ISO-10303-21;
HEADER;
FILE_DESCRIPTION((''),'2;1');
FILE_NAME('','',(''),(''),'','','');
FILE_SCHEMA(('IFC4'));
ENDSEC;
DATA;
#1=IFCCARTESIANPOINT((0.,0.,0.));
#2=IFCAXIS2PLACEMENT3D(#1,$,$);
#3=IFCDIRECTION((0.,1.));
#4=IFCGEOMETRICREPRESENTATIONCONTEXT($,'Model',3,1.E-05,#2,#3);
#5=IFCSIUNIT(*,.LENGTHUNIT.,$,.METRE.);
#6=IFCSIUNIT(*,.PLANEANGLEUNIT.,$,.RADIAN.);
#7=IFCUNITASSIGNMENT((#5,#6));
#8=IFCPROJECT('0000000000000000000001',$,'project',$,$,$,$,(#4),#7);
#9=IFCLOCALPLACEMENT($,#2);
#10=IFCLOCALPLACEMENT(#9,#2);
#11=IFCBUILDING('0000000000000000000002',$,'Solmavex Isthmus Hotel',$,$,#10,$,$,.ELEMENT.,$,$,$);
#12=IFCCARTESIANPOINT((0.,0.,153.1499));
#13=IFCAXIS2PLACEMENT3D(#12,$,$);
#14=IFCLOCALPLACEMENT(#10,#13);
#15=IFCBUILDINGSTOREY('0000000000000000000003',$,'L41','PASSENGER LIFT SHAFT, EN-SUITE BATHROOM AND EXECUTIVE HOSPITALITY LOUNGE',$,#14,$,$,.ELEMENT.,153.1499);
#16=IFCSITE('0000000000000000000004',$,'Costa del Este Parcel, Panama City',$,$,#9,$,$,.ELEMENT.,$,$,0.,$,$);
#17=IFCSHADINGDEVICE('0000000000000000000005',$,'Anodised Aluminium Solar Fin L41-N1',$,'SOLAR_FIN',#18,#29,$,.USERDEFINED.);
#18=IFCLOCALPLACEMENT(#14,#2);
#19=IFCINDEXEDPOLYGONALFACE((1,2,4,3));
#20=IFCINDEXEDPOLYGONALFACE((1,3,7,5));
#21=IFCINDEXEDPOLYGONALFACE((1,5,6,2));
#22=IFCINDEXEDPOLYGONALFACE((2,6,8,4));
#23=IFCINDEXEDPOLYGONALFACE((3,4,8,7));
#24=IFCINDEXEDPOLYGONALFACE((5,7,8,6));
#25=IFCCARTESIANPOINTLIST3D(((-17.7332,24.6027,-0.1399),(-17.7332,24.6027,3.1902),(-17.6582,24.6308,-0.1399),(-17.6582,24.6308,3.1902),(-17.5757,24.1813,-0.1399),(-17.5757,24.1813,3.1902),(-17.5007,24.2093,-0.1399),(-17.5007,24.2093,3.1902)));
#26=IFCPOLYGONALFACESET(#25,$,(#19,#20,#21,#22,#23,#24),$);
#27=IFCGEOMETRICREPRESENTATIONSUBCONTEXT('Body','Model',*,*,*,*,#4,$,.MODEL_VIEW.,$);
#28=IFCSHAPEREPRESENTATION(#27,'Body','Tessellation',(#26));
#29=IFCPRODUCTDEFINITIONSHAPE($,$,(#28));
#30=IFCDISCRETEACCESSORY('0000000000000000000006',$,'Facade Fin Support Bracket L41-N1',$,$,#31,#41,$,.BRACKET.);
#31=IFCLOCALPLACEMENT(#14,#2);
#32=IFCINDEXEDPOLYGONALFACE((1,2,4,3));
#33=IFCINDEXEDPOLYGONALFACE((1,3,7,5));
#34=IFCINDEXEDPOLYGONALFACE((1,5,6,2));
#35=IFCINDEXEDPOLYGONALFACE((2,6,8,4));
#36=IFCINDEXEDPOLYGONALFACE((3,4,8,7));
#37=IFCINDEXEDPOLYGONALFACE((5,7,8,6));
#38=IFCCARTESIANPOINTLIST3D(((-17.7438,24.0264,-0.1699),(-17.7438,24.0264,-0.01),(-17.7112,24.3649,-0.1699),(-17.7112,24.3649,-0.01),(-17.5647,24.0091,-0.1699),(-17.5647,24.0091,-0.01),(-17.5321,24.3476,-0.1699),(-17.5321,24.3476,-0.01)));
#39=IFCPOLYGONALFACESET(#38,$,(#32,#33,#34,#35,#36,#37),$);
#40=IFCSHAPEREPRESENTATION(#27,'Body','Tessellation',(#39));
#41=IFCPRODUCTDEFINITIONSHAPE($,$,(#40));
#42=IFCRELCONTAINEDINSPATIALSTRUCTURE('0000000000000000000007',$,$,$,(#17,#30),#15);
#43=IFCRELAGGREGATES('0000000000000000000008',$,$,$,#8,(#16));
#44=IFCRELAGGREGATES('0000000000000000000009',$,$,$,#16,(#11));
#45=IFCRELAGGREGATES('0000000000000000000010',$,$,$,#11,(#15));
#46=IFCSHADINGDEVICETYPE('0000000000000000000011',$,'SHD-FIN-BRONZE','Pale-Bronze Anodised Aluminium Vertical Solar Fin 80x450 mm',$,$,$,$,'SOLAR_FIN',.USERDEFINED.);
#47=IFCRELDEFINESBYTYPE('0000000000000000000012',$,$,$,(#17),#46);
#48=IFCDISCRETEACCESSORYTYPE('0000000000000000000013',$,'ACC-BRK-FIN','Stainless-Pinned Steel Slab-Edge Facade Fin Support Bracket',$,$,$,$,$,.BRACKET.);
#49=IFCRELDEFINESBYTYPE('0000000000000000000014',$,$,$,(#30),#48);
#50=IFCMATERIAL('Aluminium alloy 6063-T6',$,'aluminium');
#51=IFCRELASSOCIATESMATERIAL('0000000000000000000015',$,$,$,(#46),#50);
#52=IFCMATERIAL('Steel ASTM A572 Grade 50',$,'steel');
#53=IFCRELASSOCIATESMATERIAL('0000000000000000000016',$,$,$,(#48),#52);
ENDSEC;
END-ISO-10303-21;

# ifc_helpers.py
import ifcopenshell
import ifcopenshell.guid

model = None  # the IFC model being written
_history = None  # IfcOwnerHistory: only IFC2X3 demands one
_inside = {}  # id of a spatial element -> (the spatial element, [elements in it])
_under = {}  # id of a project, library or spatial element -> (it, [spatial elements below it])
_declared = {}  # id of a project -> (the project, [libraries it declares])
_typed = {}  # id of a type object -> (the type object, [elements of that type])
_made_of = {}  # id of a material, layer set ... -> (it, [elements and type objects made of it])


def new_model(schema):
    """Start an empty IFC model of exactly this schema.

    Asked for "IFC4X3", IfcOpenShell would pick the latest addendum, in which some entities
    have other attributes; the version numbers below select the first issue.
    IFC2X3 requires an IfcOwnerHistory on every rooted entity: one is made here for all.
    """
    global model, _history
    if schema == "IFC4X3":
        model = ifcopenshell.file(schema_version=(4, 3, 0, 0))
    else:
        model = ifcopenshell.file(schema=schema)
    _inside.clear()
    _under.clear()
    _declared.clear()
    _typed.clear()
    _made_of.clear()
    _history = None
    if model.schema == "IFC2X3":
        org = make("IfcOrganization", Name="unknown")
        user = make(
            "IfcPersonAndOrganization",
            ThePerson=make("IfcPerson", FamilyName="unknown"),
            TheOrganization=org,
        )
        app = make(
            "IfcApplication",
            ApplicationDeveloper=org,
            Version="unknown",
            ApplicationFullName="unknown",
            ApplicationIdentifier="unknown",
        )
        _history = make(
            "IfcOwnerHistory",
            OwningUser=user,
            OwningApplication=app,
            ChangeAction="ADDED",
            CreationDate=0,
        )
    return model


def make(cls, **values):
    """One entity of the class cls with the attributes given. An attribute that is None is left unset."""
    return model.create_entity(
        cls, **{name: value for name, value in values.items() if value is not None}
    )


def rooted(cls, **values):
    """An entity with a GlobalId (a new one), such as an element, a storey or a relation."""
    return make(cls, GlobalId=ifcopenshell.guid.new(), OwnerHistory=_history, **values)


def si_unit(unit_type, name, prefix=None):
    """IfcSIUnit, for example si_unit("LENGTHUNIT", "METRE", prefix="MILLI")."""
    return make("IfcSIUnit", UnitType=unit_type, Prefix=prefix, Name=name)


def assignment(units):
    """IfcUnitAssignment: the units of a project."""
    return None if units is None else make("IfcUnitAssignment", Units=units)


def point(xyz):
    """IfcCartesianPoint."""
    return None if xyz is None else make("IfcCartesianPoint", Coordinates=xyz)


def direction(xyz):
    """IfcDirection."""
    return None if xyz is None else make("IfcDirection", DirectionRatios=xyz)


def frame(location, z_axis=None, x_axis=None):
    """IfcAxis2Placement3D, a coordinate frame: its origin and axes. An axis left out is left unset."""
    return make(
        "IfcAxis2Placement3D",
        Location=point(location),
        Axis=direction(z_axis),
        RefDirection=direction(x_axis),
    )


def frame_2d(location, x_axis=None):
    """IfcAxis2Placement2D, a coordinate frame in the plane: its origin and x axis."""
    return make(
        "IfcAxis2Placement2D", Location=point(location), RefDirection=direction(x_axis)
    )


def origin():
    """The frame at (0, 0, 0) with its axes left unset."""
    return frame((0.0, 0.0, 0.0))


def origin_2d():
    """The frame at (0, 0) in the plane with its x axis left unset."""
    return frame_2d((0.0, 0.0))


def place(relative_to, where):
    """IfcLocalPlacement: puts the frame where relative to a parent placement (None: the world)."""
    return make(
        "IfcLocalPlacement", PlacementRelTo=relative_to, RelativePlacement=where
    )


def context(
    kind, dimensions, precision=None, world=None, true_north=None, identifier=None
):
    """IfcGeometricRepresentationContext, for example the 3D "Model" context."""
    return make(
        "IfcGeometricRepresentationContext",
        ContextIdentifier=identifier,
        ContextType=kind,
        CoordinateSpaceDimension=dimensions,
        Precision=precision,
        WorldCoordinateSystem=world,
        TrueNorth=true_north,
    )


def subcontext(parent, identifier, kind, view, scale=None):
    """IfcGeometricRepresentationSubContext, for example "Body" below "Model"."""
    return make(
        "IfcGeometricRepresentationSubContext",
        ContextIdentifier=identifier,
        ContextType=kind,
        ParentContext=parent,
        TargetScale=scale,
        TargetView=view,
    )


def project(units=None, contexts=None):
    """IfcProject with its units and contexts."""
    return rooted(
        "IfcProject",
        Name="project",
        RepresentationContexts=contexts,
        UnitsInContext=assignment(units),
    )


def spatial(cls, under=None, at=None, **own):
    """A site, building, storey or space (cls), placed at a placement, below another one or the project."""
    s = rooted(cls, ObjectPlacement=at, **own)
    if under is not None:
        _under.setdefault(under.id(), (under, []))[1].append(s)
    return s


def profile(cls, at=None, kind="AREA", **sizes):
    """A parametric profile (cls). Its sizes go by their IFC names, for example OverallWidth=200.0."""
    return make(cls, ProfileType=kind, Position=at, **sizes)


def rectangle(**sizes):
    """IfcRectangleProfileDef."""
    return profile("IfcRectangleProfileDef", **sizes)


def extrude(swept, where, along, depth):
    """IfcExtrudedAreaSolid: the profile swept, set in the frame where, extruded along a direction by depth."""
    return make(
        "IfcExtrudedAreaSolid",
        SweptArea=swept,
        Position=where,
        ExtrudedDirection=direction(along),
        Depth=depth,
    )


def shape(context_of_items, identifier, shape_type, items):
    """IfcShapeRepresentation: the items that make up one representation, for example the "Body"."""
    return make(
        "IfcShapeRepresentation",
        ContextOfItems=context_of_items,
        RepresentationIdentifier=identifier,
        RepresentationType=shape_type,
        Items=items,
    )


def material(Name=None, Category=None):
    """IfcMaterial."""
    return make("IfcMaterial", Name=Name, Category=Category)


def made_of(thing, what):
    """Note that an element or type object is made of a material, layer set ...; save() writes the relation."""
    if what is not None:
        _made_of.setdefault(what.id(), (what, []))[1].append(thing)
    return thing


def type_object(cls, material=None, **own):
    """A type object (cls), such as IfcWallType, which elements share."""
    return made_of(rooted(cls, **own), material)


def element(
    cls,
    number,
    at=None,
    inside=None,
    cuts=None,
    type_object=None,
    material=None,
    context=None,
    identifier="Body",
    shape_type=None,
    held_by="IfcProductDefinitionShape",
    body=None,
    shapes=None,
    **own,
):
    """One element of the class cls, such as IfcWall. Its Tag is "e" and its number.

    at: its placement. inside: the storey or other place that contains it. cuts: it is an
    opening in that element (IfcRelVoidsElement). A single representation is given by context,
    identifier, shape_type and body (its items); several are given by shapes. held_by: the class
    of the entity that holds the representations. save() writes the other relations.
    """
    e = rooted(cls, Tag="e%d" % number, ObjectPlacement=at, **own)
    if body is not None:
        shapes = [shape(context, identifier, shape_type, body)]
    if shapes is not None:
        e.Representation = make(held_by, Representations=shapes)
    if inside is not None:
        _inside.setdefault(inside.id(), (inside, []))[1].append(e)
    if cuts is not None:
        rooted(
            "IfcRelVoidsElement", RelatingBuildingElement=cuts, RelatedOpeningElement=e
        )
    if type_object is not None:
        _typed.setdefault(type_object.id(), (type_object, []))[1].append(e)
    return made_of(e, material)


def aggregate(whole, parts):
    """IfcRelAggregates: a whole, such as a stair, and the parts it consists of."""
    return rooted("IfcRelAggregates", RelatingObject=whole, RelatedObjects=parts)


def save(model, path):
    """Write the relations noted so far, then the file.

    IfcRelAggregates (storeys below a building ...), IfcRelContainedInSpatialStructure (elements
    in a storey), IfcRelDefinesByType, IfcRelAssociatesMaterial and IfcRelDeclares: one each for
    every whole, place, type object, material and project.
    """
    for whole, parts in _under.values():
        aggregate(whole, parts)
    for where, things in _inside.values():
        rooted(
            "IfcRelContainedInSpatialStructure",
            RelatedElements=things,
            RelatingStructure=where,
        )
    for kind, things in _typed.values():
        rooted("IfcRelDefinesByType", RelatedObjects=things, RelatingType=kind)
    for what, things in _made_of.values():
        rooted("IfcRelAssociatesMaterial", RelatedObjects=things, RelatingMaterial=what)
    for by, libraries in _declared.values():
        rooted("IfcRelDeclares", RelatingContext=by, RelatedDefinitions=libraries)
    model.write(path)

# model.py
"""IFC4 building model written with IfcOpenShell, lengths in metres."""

from ifc_helpers import new_model, si_unit, direction, frame, origin, origin_2d, place, context, subcontext, project, spatial, rectangle, extrude, material, type_object, element, save


model = new_model("IFC4")

# Units and contexts
model_context = context("Model", 3, precision=1e-05, world=origin(), true_north=direction((0.0, 1.0)))
body_context = subcontext(model_context, "Body", "Model", "MODEL_VIEW")
ifc_project = project(units=[si_unit("LENGTHUNIT", "METRE"), si_unit("PLANEANGLEUNIT", "RADIAN")], contexts=[model_context])

# Site, building, storey
site_placement = place(None, origin())
site = spatial("IfcSite", under=ifc_project, at=site_placement, Name="Costa del Este Parcel, Panama City", CompositionType="ELEMENT", RefElevation=0.0)
building_placement = place(site_placement, origin())
building = spatial("IfcBuilding", under=site, at=building_placement, Name="Solmavex Isthmus Hotel", CompositionType="ELEMENT")
storey_placement = place(building_placement, frame((0.0, 0.0, 153.1499)))
storey = spatial("IfcBuildingStorey", under=building, at=storey_placement, Name="L41", Description="PASSENGER LIFT SHAFT, EN-SUITE BATHROOM AND EXECUTIVE HOSPITALITY LOUNGE", CompositionType="ELEMENT", Elevation=153.1499)

# Shared definitions
ifc_material_1 = material(Name="Aluminium alloy 6063-T6", Category="aluminium")

# Shading device
shading_device_type = type_object("IfcShadingDeviceType", Name="SHD-FIN-BRONZE", Description="Pale-Bronze Anodised Aluminium Vertical Solar Fin 80x450 mm", ElementType="SOLAR_FIN", PredefinedType="USERDEFINED", material=ifc_material_1)
shading_device_placement = place(storey_placement, frame((-17.6169, 24.406, -0.1399), z_axis=(0.0, 0.0, 1.0), x_axis=(-0.350207, 0.936672, 0.0)))
element("IfcShadingDevice", 1, at=shading_device_placement, inside=storey, type_object=shading_device_type, Name="Anodised Aluminium Solar Fin L41-N1", ObjectType="SOLAR_FIN", PredefinedType="USERDEFINED", context=body_context, shape_type="SweptSolid", body=[
    extrude(rectangle(XDim=0.45, YDim=0.0801, at=origin_2d()), origin(), (0.0, 0.0, 1.0), 3.3301),
])

# Discrete accessory
ifc_material_2 = material(Name="Steel ASTM A572 Grade 50", Category="steel")
discrete_accessory_type = type_object("IfcDiscreteAccessoryType", Name="ACC-BRK-FIN", Description="Stainless-Pinned Steel Slab-Edge Facade Fin Support Bracket", PredefinedType="BRACKET", material=ifc_material_2)
discrete_accessory_placement = place(storey_placement, frame((-17.6379, 24.187, -0.1699), z_axis=(0.0, 0.0, 1.0), x_axis=(0.095846, 0.995396, 0.0)))
element("IfcDiscreteAccessory", 2, at=discrete_accessory_placement, inside=storey, type_object=discrete_accessory_type, Name="Facade Fin Support Bracket L41-N1", PredefinedType="BRACKET", context=body_context, shape_type="SweptSolid", body=[
    extrude(rectangle(XDim=0.3401, YDim=0.1799, at=origin_2d()), origin(), (0.0, 0.0, 1.0), 0.1599),
])

save(model, "model.ifc")
